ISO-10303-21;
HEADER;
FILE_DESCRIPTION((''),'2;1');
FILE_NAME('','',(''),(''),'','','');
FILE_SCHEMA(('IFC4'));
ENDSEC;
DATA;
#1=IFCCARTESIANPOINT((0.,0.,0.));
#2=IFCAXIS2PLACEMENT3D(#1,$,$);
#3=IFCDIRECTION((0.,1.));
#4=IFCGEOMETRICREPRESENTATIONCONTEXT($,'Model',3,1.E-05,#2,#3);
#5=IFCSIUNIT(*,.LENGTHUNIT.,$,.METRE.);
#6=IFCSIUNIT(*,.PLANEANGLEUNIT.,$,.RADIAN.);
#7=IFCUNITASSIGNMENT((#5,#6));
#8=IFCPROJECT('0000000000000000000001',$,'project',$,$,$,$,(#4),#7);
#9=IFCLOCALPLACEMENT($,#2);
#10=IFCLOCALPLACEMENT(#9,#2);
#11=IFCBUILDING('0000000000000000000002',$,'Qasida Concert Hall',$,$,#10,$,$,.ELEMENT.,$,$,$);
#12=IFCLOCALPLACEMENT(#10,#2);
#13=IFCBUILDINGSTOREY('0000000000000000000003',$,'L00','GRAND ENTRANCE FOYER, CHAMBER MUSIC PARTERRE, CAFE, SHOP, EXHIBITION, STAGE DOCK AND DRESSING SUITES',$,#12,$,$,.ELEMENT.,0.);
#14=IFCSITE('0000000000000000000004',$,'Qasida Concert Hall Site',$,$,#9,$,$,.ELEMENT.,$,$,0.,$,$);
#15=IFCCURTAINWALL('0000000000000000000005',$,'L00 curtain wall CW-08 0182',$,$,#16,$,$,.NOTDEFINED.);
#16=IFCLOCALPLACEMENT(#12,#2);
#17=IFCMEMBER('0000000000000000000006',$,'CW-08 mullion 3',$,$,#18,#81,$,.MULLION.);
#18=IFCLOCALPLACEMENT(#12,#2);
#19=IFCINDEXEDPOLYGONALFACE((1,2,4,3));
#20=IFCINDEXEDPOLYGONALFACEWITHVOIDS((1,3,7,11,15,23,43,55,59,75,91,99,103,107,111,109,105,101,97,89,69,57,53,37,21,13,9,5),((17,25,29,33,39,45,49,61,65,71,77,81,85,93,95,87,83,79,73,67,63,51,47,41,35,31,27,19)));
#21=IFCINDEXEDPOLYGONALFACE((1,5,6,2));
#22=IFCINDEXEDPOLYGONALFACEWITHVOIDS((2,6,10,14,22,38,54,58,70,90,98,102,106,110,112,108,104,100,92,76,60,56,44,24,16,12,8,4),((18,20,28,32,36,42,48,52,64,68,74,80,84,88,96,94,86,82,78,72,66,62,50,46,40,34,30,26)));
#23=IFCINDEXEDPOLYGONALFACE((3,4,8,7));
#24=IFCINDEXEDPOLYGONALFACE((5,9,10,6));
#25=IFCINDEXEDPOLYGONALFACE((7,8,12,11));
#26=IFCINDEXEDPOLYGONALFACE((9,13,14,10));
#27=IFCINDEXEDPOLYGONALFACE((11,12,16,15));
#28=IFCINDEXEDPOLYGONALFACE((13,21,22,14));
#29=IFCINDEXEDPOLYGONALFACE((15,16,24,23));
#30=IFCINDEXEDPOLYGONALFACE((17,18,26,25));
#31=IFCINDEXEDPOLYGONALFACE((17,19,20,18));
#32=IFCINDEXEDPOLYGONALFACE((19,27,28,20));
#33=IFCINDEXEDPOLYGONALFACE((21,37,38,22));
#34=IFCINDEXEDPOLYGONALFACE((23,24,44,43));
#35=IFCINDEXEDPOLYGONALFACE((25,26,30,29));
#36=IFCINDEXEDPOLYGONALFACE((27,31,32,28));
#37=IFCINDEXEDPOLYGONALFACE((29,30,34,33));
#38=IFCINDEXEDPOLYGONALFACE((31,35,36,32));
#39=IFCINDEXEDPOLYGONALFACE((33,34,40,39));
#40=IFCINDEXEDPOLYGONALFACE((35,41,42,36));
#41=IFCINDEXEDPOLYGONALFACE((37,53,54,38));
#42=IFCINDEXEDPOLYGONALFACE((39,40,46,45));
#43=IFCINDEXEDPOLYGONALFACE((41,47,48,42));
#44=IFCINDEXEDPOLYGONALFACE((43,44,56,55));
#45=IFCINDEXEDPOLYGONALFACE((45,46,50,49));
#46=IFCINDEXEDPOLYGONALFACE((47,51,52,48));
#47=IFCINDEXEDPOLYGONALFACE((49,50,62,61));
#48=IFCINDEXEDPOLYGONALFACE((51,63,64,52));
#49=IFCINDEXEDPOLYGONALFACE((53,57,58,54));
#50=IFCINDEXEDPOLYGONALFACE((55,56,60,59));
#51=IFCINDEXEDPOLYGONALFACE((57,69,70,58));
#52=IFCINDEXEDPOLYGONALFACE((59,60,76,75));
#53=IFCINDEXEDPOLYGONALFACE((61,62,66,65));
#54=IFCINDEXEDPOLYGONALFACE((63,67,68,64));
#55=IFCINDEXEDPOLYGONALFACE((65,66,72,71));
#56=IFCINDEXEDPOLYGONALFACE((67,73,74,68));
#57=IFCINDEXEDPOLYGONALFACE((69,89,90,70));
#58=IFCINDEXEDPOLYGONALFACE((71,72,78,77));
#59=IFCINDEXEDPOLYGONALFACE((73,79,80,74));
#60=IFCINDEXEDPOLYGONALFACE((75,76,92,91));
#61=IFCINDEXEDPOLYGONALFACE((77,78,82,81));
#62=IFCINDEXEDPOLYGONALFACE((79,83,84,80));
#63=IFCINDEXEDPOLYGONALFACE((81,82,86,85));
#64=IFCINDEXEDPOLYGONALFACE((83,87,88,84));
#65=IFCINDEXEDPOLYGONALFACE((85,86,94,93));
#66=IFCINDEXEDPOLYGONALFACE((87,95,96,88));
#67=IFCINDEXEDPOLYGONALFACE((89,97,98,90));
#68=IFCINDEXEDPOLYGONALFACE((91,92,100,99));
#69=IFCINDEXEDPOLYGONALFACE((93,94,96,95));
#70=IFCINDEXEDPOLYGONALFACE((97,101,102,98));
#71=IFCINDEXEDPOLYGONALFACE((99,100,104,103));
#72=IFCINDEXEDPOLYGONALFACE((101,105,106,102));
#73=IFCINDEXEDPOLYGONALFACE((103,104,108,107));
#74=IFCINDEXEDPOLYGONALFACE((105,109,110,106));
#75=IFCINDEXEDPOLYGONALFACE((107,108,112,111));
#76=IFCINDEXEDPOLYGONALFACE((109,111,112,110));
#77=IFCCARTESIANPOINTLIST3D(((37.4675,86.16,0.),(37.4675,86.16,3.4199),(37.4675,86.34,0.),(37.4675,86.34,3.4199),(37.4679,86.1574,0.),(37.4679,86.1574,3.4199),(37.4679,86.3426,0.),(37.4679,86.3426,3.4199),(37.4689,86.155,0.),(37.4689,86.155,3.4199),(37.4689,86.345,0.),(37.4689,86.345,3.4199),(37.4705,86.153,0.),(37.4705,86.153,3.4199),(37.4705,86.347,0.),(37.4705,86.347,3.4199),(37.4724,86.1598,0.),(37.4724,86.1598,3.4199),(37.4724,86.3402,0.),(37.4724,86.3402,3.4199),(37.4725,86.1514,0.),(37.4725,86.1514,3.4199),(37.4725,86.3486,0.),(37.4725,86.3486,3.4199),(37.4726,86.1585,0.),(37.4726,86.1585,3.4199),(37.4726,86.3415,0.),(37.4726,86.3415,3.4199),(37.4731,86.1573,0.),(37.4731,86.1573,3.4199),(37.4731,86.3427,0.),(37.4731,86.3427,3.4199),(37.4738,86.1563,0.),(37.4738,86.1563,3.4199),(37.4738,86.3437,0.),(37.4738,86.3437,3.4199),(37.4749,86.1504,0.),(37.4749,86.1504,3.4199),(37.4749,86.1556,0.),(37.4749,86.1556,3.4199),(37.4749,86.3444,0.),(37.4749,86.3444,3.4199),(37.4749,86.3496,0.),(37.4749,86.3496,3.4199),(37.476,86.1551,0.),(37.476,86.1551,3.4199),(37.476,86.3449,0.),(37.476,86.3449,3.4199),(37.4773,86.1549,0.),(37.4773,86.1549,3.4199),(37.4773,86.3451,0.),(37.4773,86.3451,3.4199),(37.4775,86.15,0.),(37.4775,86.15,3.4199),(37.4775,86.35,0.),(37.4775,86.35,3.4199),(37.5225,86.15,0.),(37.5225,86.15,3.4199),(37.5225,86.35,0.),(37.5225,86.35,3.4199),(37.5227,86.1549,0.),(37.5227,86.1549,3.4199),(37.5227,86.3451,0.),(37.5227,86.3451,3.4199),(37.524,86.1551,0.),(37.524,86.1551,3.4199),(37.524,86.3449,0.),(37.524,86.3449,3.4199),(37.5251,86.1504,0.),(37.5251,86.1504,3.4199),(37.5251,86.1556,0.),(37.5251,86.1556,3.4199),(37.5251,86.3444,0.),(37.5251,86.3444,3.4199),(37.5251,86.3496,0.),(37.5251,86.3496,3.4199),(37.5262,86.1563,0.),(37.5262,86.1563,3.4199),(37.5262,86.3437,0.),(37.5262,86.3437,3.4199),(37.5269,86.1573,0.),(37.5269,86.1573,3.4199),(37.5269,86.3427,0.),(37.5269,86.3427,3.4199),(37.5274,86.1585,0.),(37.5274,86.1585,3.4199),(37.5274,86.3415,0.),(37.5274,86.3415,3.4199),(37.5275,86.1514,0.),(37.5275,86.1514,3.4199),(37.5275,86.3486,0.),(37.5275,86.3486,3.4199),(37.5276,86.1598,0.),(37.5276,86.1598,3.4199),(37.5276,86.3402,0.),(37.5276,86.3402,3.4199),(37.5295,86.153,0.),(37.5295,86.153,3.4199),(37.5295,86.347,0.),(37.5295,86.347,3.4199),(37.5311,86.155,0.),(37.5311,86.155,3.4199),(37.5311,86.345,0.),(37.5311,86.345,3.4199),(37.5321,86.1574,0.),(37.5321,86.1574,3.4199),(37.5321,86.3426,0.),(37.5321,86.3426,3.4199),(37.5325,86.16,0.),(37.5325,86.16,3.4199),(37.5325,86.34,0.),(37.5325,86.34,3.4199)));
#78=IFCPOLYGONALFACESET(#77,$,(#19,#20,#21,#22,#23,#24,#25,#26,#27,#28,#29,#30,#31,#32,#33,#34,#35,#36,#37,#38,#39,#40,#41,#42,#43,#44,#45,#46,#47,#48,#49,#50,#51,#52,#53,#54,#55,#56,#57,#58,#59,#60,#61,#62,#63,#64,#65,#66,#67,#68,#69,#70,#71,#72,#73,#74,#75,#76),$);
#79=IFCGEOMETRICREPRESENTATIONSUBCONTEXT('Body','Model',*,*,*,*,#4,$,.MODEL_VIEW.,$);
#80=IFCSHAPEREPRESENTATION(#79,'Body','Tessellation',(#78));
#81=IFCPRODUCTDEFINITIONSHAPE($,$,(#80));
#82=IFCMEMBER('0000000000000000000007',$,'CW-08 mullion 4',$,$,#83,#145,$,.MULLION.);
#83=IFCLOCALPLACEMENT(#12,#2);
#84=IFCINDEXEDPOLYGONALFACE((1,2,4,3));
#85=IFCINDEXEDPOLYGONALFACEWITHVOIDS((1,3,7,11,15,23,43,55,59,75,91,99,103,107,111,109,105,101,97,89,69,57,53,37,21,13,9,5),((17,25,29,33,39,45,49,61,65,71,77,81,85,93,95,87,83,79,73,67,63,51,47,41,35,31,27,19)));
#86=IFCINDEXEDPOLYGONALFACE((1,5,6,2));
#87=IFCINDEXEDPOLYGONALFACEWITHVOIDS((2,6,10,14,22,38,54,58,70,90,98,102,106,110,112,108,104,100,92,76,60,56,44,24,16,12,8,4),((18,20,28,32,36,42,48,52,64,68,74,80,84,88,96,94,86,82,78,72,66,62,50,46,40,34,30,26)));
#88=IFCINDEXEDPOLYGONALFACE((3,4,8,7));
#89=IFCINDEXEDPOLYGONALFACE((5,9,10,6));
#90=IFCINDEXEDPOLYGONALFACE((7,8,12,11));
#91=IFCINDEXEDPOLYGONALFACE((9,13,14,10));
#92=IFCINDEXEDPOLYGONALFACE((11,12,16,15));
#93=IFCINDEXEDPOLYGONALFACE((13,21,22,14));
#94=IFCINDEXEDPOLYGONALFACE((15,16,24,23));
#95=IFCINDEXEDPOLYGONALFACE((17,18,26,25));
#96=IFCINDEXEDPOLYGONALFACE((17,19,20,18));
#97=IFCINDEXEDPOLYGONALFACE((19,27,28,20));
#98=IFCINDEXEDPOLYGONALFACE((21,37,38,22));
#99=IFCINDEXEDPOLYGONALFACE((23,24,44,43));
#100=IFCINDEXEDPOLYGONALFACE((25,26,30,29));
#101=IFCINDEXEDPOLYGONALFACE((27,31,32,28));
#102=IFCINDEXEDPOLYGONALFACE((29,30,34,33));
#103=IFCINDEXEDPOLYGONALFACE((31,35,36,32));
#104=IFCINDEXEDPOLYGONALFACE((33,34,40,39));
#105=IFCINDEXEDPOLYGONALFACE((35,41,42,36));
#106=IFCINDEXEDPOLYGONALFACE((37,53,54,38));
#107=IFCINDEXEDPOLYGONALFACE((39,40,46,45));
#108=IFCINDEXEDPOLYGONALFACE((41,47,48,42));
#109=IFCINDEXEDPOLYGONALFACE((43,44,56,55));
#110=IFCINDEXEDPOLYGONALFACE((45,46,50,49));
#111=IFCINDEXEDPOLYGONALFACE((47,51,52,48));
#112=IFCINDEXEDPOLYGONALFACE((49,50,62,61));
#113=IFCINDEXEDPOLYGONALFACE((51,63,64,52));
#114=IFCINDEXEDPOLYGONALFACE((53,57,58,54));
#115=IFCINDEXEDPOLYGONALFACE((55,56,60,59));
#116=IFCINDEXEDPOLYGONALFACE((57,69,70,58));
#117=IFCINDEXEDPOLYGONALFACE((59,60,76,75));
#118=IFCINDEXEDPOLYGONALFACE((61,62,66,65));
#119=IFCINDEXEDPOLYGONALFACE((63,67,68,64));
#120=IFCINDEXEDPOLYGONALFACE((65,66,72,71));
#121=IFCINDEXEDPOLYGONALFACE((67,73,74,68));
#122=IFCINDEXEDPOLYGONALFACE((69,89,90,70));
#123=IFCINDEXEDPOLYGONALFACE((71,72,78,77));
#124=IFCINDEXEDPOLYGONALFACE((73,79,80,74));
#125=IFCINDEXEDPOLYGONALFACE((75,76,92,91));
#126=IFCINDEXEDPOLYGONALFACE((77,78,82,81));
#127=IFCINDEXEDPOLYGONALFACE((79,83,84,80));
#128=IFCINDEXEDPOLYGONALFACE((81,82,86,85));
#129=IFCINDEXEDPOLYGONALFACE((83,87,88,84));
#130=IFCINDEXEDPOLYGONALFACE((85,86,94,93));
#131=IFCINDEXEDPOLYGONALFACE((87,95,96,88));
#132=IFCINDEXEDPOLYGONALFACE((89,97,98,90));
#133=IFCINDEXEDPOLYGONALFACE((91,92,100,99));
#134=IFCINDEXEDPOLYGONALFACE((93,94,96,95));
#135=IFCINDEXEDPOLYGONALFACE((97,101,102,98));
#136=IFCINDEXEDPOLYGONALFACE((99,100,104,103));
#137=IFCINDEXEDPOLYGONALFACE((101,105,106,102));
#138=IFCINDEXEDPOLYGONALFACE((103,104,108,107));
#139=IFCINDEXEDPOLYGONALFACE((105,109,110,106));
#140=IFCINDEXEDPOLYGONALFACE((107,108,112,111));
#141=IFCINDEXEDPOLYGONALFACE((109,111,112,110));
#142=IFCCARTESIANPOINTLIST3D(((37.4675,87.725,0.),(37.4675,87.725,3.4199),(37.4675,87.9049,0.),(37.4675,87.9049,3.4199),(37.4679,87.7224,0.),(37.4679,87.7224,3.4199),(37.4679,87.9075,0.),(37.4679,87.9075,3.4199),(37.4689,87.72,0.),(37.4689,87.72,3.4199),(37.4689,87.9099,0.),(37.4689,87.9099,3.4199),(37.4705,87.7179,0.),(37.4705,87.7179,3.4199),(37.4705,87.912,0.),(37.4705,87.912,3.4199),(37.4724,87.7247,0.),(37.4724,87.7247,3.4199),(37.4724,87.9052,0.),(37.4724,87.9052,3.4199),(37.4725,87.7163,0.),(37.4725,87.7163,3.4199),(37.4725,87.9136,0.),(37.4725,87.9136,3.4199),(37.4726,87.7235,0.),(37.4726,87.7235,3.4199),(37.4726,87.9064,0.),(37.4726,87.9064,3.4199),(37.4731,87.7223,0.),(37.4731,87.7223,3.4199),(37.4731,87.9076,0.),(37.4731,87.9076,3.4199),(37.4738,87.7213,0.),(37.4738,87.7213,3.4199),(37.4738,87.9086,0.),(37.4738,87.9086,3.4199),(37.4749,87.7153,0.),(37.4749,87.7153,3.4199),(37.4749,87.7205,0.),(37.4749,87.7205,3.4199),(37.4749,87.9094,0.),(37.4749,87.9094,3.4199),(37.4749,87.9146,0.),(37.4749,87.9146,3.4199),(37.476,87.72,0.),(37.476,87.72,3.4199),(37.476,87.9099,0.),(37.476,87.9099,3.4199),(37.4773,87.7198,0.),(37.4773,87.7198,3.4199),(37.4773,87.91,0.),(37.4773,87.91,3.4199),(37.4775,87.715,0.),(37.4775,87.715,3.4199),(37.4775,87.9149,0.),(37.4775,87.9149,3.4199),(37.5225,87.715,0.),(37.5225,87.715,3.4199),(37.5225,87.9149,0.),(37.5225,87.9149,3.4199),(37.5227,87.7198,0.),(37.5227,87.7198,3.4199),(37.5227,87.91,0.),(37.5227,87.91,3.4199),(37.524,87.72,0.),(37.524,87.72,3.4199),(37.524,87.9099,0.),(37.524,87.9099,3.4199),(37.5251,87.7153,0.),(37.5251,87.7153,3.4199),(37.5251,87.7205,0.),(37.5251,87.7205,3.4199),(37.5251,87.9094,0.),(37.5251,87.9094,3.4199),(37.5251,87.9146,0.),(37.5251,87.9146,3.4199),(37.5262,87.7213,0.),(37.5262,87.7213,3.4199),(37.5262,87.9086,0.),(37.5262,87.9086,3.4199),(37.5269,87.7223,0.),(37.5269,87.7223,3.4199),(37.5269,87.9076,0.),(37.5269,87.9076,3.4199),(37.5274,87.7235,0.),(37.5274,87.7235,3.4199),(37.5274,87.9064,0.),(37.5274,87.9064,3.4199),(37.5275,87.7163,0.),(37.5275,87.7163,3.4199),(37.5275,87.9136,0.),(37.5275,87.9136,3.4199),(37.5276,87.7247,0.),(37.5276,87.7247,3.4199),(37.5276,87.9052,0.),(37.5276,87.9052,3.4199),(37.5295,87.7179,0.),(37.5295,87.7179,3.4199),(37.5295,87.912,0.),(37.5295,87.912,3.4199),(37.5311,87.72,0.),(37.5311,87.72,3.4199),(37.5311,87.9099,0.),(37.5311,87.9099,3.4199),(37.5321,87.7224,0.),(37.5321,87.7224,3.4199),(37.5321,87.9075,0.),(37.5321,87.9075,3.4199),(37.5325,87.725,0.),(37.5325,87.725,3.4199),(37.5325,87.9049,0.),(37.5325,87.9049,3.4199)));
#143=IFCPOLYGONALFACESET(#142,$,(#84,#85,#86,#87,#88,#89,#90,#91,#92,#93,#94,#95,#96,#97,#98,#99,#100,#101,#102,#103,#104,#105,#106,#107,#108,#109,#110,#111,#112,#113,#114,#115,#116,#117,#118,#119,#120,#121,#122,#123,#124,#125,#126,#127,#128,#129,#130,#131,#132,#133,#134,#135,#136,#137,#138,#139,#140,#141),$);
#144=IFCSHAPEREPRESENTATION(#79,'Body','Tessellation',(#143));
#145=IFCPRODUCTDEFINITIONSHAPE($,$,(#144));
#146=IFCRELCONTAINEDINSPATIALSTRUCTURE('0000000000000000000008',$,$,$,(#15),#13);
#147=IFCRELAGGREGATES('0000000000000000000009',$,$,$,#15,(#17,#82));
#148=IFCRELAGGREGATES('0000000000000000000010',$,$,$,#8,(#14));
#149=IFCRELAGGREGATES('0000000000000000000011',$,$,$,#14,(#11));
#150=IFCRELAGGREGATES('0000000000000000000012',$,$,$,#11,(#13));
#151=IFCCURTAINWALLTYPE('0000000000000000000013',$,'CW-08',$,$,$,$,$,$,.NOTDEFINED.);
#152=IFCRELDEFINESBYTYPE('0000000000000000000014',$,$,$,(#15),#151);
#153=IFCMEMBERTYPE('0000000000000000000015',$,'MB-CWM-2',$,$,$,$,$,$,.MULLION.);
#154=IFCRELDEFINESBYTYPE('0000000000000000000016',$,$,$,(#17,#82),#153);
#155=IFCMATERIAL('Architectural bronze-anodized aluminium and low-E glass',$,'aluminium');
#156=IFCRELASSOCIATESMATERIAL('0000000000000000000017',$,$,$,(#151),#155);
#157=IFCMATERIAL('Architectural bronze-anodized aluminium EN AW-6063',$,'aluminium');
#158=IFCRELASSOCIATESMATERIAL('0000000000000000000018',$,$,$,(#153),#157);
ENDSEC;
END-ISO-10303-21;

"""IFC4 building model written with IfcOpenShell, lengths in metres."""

from ifc_helpers import new_model, si_unit, direction, frame, origin, origin_2d, place, context, subcontext, project, spatial, hollow_rectangle, extrude, material, material_profile, profile_set, type_object, element, aggregate, save


model = new_model("IFC4")

# Units and contexts
model_context = context("Model", 3, precision=1e-05, world=origin(), true_north=direction((0.0, 1.0)))
body_context = subcontext(model_context, "Body", "Model", "MODEL_VIEW")
ifc_project = project(units=[si_unit("LENGTHUNIT", "METRE"), si_unit("PLANEANGLEUNIT", "RADIAN")], contexts=[model_context])

# Site, building, storey
site_placement = place(None, origin())
site = spatial("IfcSite", under=ifc_project, at=site_placement, Name="Qasida Concert Hall Site", CompositionType="ELEMENT", RefElevation=0.0)
building_placement = place(site_placement, origin())
building = spatial("IfcBuilding", under=site, at=building_placement, Name="Qasida Concert Hall", CompositionType="ELEMENT")
storey_placement = place(building_placement, origin())
storey = spatial("IfcBuildingStorey", under=building, at=storey_placement, Name="L00", Description="GRAND ENTRANCE FOYER, CHAMBER MUSIC PARTERRE, CAFE, SHOP, EXHIBITION, STAGE DOCK AND DRESSING SUITES", CompositionType="ELEMENT", Elevation=0.0)

# Curtain wall, members
ifc_material_1 = material(Name="Architectural bronze-anodized aluminium and low-E glass", Category="aluminium")
curtain_wall_type = type_object("IfcCurtainWallType", Name="CW-08", PredefinedType="NOTDEFINED", material=ifc_material_1)
curtain_wall_1_placement = place(storey_placement, origin())
curtain_wall_1 = element("IfcCurtainWall", 1, at=curtain_wall_1_placement, inside=storey, type_object=curtain_wall_type, Name="L00 curtain wall CW-08 0182", PredefinedType="NOTDEFINED")
ifc_material_2 = material(Name="Architectural bronze-anodized aluminium EN AW-6063", Category="aluminium")
ifc_material_profile_1 = material_profile(ifc_material_2, hollow_rectangle(XDim=0.0649, YDim=0.2, WallThickness=0.0049, InnerFilletRadius=0.0049, OuterFilletRadius=0.01, at=origin_2d()), Name="CWM 200x65x5")
ifc_profile_set_1 = profile_set([ifc_material_profile_1], Name="Architectural bronze-anodized aluminium EN AW-6063")
member_type_1 = type_object("IfcMemberType", Name="MB-CWM-2", PredefinedType="MULLION", material=ifc_profile_set_1)
member_1_placement = place(storey_placement, frame((37.5, 86.25, 0.0), z_axis=(0.0, 0.0, 1.0), x_axis=(-1.0, 0.0, 0.0)))
member_1 = element("IfcMember", 2, at=member_1_placement, type_object=member_type_1, Name="CW-08 mullion 3", PredefinedType="MULLION", context=body_context, shape_type="SweptSolid", body=[
    extrude(hollow_rectangle(XDim=0.0649, YDim=0.2, WallThickness=0.0049, InnerFilletRadius=0.0049, OuterFilletRadius=0.01, at=origin_2d()), origin(), (0.0, 0.0, 1.0), 3.4199),
])
member_2_placement = place(storey_placement, frame((37.5, 87.8149, 0.0), z_axis=(0.0, 0.0, 1.0), x_axis=(-1.0, 0.0, 0.0)))
member_2 = element("IfcMember", 3, at=member_2_placement, type_object=member_type_1, Name="CW-08 mullion 4", PredefinedType="MULLION", context=body_context, shape_type="SweptSolid", body=[
    extrude(hollow_rectangle(XDim=0.0649, YDim=0.2, WallThickness=0.0049, InnerFilletRadius=0.0049, OuterFilletRadius=0.01, at=origin_2d()), origin(), (0.0, 0.0, 1.0), 3.4199),
])
aggregate(curtain_wall_1, [member_1, member_2])

save(model, "model.ifc")
